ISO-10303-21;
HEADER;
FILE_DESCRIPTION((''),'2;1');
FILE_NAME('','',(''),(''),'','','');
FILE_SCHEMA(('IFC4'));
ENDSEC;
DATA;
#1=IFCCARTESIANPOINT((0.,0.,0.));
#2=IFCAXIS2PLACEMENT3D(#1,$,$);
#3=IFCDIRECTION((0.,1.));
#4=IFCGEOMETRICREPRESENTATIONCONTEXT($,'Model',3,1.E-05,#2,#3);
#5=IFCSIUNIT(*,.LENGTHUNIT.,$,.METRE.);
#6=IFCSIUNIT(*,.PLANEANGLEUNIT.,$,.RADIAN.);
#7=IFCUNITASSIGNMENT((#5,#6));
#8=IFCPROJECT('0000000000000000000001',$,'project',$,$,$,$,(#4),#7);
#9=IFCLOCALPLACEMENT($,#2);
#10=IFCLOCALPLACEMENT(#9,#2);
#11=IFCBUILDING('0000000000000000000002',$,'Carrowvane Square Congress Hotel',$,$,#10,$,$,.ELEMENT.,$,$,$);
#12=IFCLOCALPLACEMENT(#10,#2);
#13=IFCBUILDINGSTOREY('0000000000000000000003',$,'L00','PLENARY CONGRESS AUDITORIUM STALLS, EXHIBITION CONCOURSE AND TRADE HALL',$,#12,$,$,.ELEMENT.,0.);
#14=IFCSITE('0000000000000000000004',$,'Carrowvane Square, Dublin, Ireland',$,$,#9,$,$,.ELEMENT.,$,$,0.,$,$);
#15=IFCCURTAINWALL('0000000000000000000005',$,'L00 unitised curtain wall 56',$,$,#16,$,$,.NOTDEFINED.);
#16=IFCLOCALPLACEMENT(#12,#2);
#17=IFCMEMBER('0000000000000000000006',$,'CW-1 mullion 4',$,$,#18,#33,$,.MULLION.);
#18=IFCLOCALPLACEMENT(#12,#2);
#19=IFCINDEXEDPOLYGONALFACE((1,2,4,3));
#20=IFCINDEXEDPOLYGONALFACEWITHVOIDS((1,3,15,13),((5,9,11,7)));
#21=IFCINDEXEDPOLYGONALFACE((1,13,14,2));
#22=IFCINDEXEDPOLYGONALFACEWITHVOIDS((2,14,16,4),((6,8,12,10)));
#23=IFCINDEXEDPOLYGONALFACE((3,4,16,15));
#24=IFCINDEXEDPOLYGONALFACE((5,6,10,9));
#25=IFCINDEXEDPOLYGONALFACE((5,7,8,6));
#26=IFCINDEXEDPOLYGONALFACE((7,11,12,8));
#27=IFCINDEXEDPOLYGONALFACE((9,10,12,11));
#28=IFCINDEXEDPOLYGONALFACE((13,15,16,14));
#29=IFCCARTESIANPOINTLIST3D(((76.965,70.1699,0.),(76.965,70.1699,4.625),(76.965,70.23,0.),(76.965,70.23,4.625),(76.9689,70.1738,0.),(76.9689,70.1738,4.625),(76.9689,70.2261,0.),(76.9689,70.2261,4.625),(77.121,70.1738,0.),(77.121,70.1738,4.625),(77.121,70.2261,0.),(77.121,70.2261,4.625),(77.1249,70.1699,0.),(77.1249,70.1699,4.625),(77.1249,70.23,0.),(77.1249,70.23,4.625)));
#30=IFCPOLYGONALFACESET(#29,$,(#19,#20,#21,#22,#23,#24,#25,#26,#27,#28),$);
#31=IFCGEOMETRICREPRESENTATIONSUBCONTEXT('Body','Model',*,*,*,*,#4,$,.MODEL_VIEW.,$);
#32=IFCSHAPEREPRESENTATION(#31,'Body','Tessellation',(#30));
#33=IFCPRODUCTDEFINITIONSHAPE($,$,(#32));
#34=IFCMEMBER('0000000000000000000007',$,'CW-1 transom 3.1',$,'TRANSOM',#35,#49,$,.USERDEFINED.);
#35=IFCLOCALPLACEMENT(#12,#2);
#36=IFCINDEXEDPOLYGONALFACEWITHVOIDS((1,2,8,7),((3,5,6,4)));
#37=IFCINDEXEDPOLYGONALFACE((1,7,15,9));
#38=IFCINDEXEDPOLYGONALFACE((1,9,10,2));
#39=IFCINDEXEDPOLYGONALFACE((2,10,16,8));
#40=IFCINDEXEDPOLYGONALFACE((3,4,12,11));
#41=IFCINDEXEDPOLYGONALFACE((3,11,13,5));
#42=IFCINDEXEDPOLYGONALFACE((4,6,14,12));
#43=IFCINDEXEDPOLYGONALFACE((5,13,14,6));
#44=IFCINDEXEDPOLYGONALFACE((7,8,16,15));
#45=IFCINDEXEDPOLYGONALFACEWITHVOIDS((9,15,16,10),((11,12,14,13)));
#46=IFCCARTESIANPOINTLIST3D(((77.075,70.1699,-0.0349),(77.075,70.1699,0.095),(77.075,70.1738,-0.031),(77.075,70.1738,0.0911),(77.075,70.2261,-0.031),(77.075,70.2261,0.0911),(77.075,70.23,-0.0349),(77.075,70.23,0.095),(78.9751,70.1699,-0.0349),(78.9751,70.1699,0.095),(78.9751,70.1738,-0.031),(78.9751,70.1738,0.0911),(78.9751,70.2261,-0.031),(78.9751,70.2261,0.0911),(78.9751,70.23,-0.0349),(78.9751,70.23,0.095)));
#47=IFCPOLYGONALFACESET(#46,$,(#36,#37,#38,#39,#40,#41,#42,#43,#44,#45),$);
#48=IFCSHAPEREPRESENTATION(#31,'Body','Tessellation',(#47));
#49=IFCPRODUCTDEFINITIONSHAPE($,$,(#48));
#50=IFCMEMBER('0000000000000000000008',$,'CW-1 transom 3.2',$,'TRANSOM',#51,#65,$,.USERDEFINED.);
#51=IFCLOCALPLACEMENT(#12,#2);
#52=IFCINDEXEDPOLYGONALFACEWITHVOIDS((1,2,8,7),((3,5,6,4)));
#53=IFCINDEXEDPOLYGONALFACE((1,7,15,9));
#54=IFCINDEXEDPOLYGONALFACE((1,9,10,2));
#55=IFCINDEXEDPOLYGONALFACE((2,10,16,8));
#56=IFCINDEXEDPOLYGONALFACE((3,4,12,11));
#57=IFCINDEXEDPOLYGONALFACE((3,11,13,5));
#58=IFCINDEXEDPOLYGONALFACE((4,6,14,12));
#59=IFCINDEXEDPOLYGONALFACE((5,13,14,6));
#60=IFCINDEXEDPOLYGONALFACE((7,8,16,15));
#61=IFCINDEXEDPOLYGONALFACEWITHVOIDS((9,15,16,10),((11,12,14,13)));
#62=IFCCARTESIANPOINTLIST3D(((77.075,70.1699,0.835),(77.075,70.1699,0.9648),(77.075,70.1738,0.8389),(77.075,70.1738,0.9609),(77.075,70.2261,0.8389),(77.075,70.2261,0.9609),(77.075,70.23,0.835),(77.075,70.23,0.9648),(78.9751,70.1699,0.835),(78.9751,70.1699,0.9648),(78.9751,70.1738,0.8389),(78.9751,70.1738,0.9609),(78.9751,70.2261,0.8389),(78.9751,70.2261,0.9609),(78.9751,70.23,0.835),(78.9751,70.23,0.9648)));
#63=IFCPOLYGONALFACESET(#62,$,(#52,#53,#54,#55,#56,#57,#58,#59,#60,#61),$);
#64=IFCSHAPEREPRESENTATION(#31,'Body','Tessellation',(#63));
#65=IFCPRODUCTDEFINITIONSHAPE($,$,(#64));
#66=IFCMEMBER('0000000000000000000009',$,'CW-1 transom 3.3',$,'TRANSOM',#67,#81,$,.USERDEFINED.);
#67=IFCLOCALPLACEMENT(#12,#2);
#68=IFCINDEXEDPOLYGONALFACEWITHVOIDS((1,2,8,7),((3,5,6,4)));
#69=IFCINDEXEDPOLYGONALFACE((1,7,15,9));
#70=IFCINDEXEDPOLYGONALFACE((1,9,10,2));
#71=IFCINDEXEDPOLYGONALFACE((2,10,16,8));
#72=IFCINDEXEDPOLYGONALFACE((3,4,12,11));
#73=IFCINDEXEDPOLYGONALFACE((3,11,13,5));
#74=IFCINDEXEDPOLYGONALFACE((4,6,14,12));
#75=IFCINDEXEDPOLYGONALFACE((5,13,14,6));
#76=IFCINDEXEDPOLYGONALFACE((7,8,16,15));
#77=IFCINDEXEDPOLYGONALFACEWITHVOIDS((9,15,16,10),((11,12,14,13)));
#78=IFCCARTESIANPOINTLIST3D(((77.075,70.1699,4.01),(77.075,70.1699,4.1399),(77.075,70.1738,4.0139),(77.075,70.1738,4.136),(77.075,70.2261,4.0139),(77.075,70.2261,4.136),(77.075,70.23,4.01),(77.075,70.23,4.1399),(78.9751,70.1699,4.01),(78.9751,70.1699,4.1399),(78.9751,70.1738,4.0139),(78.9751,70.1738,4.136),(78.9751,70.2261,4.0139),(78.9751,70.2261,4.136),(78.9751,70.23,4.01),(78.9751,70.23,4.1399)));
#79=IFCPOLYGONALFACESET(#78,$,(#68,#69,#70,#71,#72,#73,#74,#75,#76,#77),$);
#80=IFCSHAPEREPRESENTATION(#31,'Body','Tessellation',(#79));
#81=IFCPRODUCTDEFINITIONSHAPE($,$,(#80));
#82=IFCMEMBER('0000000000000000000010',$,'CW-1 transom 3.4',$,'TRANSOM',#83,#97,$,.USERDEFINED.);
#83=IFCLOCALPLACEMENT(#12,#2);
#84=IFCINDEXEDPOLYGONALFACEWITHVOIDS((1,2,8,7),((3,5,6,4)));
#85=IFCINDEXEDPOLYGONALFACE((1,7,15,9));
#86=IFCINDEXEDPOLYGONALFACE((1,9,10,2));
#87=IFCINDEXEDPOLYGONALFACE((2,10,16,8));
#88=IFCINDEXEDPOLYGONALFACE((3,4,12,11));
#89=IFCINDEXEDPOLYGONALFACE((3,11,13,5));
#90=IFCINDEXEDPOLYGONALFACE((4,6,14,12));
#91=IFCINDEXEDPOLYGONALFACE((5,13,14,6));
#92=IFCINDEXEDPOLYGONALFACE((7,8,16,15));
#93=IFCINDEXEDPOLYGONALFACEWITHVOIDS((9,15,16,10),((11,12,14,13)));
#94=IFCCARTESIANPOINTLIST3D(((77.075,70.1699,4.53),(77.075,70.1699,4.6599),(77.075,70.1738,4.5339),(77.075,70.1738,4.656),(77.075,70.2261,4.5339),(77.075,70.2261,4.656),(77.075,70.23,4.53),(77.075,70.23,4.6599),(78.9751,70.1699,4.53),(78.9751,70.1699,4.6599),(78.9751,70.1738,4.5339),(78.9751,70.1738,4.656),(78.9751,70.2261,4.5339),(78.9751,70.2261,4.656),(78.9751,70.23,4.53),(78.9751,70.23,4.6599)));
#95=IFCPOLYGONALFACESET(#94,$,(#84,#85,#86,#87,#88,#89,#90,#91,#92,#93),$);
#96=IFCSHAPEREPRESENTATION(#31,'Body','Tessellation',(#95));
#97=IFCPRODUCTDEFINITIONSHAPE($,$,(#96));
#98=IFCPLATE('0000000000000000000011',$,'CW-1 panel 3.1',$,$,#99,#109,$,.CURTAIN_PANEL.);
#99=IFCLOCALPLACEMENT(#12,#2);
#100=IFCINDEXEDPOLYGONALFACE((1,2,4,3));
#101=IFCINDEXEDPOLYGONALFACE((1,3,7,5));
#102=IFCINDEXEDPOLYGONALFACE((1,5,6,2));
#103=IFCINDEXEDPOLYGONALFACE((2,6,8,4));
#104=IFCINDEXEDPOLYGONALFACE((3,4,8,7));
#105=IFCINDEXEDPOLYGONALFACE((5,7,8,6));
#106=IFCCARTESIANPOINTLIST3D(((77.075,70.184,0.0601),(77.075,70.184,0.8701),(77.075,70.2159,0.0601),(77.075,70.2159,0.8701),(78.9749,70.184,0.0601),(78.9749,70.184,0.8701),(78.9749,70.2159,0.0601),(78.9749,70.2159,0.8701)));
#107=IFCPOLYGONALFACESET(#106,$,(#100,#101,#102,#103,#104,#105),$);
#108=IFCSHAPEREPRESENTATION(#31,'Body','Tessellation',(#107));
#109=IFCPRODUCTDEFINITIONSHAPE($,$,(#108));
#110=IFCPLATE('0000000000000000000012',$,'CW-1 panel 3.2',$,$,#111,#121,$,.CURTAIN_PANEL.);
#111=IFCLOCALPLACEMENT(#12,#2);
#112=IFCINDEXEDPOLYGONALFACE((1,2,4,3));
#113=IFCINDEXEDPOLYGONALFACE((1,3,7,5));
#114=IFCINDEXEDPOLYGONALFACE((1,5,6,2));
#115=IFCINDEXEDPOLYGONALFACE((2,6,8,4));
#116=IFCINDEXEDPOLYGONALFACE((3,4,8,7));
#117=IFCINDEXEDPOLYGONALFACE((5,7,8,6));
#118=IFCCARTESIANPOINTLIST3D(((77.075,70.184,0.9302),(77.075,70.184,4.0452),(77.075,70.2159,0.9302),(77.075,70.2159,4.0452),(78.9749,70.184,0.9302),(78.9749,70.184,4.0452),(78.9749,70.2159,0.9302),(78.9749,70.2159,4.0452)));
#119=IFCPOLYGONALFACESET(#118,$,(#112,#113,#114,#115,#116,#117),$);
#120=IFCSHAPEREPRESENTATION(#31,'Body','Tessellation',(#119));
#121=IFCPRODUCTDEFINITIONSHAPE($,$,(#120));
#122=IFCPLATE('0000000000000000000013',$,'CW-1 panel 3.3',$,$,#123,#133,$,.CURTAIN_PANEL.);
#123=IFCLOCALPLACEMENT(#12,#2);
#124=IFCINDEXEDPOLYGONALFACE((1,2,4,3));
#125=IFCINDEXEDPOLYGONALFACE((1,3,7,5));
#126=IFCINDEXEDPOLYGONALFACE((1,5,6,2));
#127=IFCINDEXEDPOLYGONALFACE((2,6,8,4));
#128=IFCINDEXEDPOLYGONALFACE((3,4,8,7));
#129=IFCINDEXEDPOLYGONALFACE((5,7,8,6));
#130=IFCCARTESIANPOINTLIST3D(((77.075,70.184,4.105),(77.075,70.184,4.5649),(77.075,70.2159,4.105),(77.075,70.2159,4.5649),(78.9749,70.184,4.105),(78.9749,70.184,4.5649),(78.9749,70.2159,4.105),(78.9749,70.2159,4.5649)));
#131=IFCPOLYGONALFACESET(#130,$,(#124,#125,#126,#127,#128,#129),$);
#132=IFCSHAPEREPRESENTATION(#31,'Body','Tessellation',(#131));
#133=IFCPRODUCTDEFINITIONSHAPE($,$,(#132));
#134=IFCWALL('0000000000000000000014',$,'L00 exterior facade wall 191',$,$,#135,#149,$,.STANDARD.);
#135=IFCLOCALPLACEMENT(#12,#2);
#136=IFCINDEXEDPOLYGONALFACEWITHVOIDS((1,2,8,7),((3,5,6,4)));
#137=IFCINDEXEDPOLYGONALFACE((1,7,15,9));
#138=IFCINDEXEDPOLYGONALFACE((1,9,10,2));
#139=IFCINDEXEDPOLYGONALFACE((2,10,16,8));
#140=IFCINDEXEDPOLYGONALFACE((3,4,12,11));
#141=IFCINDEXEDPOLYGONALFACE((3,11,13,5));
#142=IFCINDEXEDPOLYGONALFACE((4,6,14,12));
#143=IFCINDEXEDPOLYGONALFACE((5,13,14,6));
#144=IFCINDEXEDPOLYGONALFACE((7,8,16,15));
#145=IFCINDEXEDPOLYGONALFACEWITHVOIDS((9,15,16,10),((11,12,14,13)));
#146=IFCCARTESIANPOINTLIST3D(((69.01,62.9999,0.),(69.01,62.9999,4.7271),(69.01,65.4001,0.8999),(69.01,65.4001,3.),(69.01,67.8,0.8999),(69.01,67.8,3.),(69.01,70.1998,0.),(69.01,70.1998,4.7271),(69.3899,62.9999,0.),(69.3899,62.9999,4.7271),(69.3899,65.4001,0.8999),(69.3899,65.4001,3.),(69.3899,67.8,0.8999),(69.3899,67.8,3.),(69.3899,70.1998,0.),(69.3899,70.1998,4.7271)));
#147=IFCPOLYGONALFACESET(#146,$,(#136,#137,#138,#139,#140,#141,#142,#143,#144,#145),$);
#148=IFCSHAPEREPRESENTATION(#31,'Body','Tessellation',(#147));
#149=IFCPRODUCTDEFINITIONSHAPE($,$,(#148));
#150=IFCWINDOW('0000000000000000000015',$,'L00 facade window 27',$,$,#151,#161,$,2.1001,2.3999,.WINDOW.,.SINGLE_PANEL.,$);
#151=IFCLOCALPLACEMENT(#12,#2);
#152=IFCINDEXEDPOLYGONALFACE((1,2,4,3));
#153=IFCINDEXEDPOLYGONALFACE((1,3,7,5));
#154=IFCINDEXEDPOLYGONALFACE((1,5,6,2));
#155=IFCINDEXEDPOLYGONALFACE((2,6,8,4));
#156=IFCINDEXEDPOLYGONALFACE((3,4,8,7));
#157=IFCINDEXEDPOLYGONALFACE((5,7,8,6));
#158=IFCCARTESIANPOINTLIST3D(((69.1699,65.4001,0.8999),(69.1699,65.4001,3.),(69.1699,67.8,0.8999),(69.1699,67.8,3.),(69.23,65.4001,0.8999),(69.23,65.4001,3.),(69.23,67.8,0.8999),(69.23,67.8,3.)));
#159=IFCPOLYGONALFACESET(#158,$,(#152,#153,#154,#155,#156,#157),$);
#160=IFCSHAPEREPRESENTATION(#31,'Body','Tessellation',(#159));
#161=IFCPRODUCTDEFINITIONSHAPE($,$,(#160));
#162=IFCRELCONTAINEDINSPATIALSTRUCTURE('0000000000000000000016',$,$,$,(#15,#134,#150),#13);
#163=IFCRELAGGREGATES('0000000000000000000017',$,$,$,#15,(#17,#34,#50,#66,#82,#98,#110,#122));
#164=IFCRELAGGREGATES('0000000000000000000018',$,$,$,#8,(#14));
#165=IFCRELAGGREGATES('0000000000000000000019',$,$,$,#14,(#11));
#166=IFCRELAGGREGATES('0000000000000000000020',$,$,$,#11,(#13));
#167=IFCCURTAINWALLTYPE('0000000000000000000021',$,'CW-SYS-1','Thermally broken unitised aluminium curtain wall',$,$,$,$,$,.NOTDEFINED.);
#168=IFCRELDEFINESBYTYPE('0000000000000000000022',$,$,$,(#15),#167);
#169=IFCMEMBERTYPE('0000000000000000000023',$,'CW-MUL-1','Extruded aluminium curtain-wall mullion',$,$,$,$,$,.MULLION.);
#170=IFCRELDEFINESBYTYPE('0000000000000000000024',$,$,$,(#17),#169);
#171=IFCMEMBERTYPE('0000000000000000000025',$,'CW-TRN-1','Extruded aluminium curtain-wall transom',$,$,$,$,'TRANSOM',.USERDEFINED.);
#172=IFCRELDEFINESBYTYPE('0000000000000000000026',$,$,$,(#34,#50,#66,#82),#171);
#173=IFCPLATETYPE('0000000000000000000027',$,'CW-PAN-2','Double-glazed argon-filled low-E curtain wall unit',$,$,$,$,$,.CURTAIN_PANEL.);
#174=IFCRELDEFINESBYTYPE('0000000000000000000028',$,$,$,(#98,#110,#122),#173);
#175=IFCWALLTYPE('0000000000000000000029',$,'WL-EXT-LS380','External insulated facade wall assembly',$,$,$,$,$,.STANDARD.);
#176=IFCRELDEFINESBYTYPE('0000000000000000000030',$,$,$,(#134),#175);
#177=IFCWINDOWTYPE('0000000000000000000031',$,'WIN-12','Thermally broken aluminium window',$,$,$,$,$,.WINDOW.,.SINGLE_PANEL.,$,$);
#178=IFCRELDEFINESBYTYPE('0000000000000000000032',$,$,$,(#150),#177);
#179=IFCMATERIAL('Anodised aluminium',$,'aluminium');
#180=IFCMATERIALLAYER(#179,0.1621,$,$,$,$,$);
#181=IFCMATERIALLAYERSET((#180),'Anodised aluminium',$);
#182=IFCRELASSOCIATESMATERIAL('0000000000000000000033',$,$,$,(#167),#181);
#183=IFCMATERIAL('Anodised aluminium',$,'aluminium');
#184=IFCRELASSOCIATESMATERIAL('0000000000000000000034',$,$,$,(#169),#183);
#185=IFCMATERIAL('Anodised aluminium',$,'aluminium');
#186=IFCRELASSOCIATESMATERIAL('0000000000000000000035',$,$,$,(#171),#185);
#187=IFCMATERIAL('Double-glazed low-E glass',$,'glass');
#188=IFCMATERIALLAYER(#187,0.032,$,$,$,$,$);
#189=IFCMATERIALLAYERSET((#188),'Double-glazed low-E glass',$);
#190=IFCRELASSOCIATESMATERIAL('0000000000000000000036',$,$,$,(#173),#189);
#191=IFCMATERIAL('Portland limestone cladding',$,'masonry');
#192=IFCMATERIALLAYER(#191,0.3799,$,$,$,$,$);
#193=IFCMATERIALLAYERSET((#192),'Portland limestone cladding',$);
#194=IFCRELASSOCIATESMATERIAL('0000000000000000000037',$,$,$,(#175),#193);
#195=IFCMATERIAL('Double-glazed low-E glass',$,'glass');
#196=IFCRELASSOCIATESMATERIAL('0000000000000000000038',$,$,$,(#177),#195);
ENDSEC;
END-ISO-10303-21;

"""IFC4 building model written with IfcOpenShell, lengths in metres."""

from ifc_helpers import new_model, si_unit, direction, frame, frame_2d, origin, origin_2d, place, context, subcontext, project, spatial, rectangle, hollow_rectangle, extrude, material, layer, layer_set, material_profile, profile_set, type_object, element, fill, aggregate, save


model = new_model("IFC4")

# Units and contexts
model_context = context("Model", 3, precision=1e-05, world=origin(), true_north=direction((0.0, 1.0)))
body_context = subcontext(model_context, "Body", "Model", "MODEL_VIEW")
ifc_project = project(units=[si_unit("LENGTHUNIT", "METRE"), si_unit("PLANEANGLEUNIT", "RADIAN")], contexts=[model_context])

# Site, building, storey
site_placement = place(None, origin())
site = spatial("IfcSite", under=ifc_project, at=site_placement, Name="Carrowvane Square, Dublin, Ireland", CompositionType="ELEMENT", RefElevation=0.0)
building_placement = place(site_placement, origin())
building = spatial("IfcBuilding", under=site, at=building_placement, Name="Carrowvane Square Congress Hotel", CompositionType="ELEMENT")
storey_placement = place(building_placement, origin())
storey = spatial("IfcBuildingStorey", under=building, at=storey_placement, Name="L00", Description="PLENARY CONGRESS AUDITORIUM STALLS, EXHIBITION CONCOURSE AND TRADE HALL", CompositionType="ELEMENT", Elevation=0.0)

# Curtain wall, members, plates
ifc_material_1 = material(Name="Anodised aluminium", Category="aluminium")
ifc_layer_1 = layer(ifc_material_1, 0.1621)
ifc_layer_set_1 = layer_set([ifc_layer_1], Name="Anodised aluminium")
curtain_wall_type = type_object("IfcCurtainWallType", Name="CW-SYS-1", Description="Thermally broken unitised aluminium curtain wall", PredefinedType="NOTDEFINED", material=ifc_layer_set_1)
curtain_wall_placement = place(storey_placement, origin())
curtain_wall = element("IfcCurtainWall", 1, at=curtain_wall_placement, inside=storey, type_object=curtain_wall_type, Name="L00 unitised curtain wall 56", PredefinedType="NOTDEFINED")
ifc_material_2 = material(Name="Anodised aluminium", Category="aluminium")
ifc_material_profile_1 = material_profile(ifc_material_2, hollow_rectangle(XDim=0.0601, YDim=0.1599, WallThickness=0.0039, at=origin_2d()), Name="CW-ML 60x160x4")
ifc_profile_set_1 = profile_set([ifc_material_profile_1], Name="Anodised aluminium")
member_type_1 = type_object("IfcMemberType", Name="CW-MUL-1", Description="Extruded aluminium curtain-wall mullion", PredefinedType="MULLION", material=ifc_profile_set_1)
member_1_placement = place(storey_placement, frame((77.0449, 70.2, 0.0), z_axis=(0.0, 0.0, 1.0), x_axis=(0.0, -1.0, 0.0)))
member_1 = element("IfcMember", 2, at=member_1_placement, type_object=member_type_1, Name="CW-1 mullion 4", PredefinedType="MULLION", context=body_context, shape_type="SweptSolid", body=[
    extrude(hollow_rectangle(XDim=0.0601, YDim=0.1599, WallThickness=0.0039, at=origin_2d()), origin(), (0.0, 0.0, 1.0), 4.625),
])
ifc_material_3 = material(Name="Anodised aluminium", Category="aluminium")
ifc_material_profile_2 = material_profile(ifc_material_3, hollow_rectangle(XDim=0.0601, YDim=0.1299, WallThickness=0.0039, at=origin_2d()), Name="CW-TR 60x130x4")
ifc_profile_set_2 = profile_set([ifc_material_profile_2], Name="Anodised aluminium")
member_type_2 = type_object("IfcMemberType", Name="CW-TRN-1", Description="Extruded aluminium curtain-wall transom", ElementType="TRANSOM", PredefinedType="USERDEFINED", material=ifc_profile_set_2)
member_2_placement = place(storey_placement, frame((78.9751, 70.2, 0.03), z_axis=(-1.0, 0.0, 0.0), x_axis=(0.0, -1.0, 0.0)))
member_2 = element("IfcMember", 3, at=member_2_placement, type_object=member_type_2, Name="CW-1 transom 3.1", ObjectType="TRANSOM", PredefinedType="USERDEFINED", context=body_context, shape_type="SweptSolid", body=[
    extrude(hollow_rectangle(XDim=0.0601, YDim=0.1299, WallThickness=0.0039, at=origin_2d()), origin(), (0.0, 0.0, 1.0), 1.9001),
])
member_3_placement = place(storey_placement, frame((78.9751, 70.2, 0.8999), z_axis=(-1.0, 0.0, 0.0), x_axis=(0.0, -1.0, 0.0)))
member_3 = element("IfcMember", 4, at=member_3_placement, type_object=member_type_2, Name="CW-1 transom 3.2", ObjectType="TRANSOM", PredefinedType="USERDEFINED", context=body_context, shape_type="SweptSolid", body=[
    extrude(hollow_rectangle(XDim=0.0601, YDim=0.1299, WallThickness=0.0039, at=origin_2d()), origin(), (0.0, 0.0, 1.0), 1.9001),
])
member_4_placement = place(storey_placement, frame((78.9751, 70.2, 4.075), z_axis=(-1.0, 0.0, 0.0), x_axis=(0.0, -1.0, 0.0)))
member_4 = element("IfcMember", 5, at=member_4_placement, type_object=member_type_2, Name="CW-1 transom 3.3", ObjectType="TRANSOM", PredefinedType="USERDEFINED", context=body_context, shape_type="SweptSolid", body=[
    extrude(hollow_rectangle(XDim=0.0601, YDim=0.1299, WallThickness=0.0039, at=origin_2d()), origin(), (0.0, 0.0, 1.0), 1.9001),
])
member_5_placement = place(storey_placement, frame((78.9751, 70.2, 4.595), z_axis=(-1.0, 0.0, 0.0), x_axis=(0.0, -1.0, 0.0)))
member_5 = element("IfcMember", 6, at=member_5_placement, type_object=member_type_2, Name="CW-1 transom 3.4", ObjectType="TRANSOM", PredefinedType="USERDEFINED", context=body_context, shape_type="SweptSolid", body=[
    extrude(hollow_rectangle(XDim=0.0601, YDim=0.1299, WallThickness=0.0039, at=origin_2d()), origin(), (0.0, 0.0, 1.0), 1.9001),
])
ifc_material_4 = material(Name="Double-glazed low-E glass", Category="glass")
ifc_layer_2 = layer(ifc_material_4, 0.032)
ifc_layer_set_2 = layer_set([ifc_layer_2], Name="Double-glazed low-E glass")
plate_type = type_object("IfcPlateType", Name="CW-PAN-2", Description="Double-glazed argon-filled low-E curtain wall unit", PredefinedType="CURTAIN_PANEL", material=ifc_layer_set_2)
plate_1_placement = place(storey_placement, frame((78.0249, 70.2, 0.0601), z_axis=(0.0, 0.0, 1.0), x_axis=(-1.0, 0.0, 0.0)))
plate_1 = element("IfcPlate", 7, at=plate_1_placement, type_object=plate_type, Name="CW-1 panel 3.1", PredefinedType="CURTAIN_PANEL", context=body_context, shape_type="SweptSolid", body=[
    extrude(rectangle(XDim=1.8999, YDim=0.032, at=origin_2d()), origin(), (0.0, 0.0, 1.0), 0.8101),
])
plate_2_placement = place(storey_placement, frame((78.0249, 70.2, 0.9302), z_axis=(0.0, 0.0, 1.0), x_axis=(-1.0, 0.0, 0.0)))
plate_2 = element("IfcPlate", 8, at=plate_2_placement, type_object=plate_type, Name="CW-1 panel 3.2", PredefinedType="CURTAIN_PANEL", context=body_context, shape_type="SweptSolid", body=[
    extrude(rectangle(XDim=1.8999, YDim=0.032, at=origin_2d()), origin(), (0.0, 0.0, 1.0), 3.115),
])
plate_3_placement = place(storey_placement, frame((78.0249, 70.2, 4.105), z_axis=(0.0, 0.0, 1.0), x_axis=(-1.0, 0.0, 0.0)))
plate_3 = element("IfcPlate", 9, at=plate_3_placement, type_object=plate_type, Name="CW-1 panel 3.3", PredefinedType="CURTAIN_PANEL", context=body_context, shape_type="SweptSolid", body=[
    extrude(rectangle(XDim=1.8999, YDim=0.032, at=origin_2d()), origin(), (0.0, 0.0, 1.0), 0.46),
])
aggregate(curtain_wall, [member_1, member_2, member_3, member_4, member_5, plate_1, plate_2, plate_3])

# Wall, opening, window
ifc_material_5 = material(Name="Portland limestone cladding", Category="masonry")
ifc_layer_3 = layer(ifc_material_5, 0.3799)
ifc_layer_set_3 = layer_set([ifc_layer_3], Name="Portland limestone cladding")
wall_type_1 = type_object("IfcWallType", Name="WL-EXT-LS380", Description="External insulated facade wall assembly", PredefinedType="STANDARD", material=ifc_layer_set_3)
wall_1_placement = place(storey_placement, frame((69.2, 70.2, 0.0), z_axis=(0.0, 0.0, 1.0), x_axis=(0.0, -1.0, 0.0)))
wall_1 = element("IfcWall", 10, at=wall_1_placement, inside=storey, type_object=wall_type_1, Name="L00 exterior facade wall 191", PredefinedType="STANDARD", context=body_context, shape_type="SweptSolid", body=[
    extrude(rectangle(XDim=7.2, YDim=0.3799, at=frame_2d((3.6001, 0.0))), origin(), (0.0, 0.0, 1.0), 4.7271),
])
opening_1_placement = place(wall_1_placement, frame((2.3999, 0.0, 0.8999)))
opening_1 = element("IfcOpeningElement", 11, at=opening_1_placement, cuts=wall_1, PredefinedType="OPENING", context=body_context, shape_type="SweptSolid", body=[
    extrude(rectangle(XDim=2.3999, YDim=2.1001, at=frame_2d((1.2, 1.05))), frame((0.0, 0.2, 0.0), z_axis=(0.0, -1.0, 0.0), x_axis=(1.0, 0.0, 0.0)), (0.0, 0.0, 1.0), 0.3999),
])
ifc_material_6 = material(Name="Double-glazed low-E glass", Category="glass")
window_type_1 = type_object("IfcWindowType", Name="WIN-12", Description="Thermally broken aluminium window", PartitioningType="SINGLE_PANEL", PredefinedType="WINDOW", material=ifc_material_6)
window_1_placement = place(opening_1_placement, origin())
window_1 = element("IfcWindow", 12, at=window_1_placement, inside=storey, type_object=window_type_1, Name="L00 facade window 27", OverallHeight=2.1001, OverallWidth=2.3999, PartitioningType="SINGLE_PANEL", PredefinedType="WINDOW", context=body_context, shape_type="SweptSolid", body=[
    extrude(rectangle(XDim=2.3999, YDim=2.1001, at=frame_2d((1.2, 1.05))), frame((0.0, 0.03, 0.0), z_axis=(0.0, -1.0, 0.0), x_axis=(1.0, 0.0, 0.0)), (0.0, 0.0, 1.0), 0.0601),
])
fill(opening_1, window_1)

save(model, "model.ifc")
